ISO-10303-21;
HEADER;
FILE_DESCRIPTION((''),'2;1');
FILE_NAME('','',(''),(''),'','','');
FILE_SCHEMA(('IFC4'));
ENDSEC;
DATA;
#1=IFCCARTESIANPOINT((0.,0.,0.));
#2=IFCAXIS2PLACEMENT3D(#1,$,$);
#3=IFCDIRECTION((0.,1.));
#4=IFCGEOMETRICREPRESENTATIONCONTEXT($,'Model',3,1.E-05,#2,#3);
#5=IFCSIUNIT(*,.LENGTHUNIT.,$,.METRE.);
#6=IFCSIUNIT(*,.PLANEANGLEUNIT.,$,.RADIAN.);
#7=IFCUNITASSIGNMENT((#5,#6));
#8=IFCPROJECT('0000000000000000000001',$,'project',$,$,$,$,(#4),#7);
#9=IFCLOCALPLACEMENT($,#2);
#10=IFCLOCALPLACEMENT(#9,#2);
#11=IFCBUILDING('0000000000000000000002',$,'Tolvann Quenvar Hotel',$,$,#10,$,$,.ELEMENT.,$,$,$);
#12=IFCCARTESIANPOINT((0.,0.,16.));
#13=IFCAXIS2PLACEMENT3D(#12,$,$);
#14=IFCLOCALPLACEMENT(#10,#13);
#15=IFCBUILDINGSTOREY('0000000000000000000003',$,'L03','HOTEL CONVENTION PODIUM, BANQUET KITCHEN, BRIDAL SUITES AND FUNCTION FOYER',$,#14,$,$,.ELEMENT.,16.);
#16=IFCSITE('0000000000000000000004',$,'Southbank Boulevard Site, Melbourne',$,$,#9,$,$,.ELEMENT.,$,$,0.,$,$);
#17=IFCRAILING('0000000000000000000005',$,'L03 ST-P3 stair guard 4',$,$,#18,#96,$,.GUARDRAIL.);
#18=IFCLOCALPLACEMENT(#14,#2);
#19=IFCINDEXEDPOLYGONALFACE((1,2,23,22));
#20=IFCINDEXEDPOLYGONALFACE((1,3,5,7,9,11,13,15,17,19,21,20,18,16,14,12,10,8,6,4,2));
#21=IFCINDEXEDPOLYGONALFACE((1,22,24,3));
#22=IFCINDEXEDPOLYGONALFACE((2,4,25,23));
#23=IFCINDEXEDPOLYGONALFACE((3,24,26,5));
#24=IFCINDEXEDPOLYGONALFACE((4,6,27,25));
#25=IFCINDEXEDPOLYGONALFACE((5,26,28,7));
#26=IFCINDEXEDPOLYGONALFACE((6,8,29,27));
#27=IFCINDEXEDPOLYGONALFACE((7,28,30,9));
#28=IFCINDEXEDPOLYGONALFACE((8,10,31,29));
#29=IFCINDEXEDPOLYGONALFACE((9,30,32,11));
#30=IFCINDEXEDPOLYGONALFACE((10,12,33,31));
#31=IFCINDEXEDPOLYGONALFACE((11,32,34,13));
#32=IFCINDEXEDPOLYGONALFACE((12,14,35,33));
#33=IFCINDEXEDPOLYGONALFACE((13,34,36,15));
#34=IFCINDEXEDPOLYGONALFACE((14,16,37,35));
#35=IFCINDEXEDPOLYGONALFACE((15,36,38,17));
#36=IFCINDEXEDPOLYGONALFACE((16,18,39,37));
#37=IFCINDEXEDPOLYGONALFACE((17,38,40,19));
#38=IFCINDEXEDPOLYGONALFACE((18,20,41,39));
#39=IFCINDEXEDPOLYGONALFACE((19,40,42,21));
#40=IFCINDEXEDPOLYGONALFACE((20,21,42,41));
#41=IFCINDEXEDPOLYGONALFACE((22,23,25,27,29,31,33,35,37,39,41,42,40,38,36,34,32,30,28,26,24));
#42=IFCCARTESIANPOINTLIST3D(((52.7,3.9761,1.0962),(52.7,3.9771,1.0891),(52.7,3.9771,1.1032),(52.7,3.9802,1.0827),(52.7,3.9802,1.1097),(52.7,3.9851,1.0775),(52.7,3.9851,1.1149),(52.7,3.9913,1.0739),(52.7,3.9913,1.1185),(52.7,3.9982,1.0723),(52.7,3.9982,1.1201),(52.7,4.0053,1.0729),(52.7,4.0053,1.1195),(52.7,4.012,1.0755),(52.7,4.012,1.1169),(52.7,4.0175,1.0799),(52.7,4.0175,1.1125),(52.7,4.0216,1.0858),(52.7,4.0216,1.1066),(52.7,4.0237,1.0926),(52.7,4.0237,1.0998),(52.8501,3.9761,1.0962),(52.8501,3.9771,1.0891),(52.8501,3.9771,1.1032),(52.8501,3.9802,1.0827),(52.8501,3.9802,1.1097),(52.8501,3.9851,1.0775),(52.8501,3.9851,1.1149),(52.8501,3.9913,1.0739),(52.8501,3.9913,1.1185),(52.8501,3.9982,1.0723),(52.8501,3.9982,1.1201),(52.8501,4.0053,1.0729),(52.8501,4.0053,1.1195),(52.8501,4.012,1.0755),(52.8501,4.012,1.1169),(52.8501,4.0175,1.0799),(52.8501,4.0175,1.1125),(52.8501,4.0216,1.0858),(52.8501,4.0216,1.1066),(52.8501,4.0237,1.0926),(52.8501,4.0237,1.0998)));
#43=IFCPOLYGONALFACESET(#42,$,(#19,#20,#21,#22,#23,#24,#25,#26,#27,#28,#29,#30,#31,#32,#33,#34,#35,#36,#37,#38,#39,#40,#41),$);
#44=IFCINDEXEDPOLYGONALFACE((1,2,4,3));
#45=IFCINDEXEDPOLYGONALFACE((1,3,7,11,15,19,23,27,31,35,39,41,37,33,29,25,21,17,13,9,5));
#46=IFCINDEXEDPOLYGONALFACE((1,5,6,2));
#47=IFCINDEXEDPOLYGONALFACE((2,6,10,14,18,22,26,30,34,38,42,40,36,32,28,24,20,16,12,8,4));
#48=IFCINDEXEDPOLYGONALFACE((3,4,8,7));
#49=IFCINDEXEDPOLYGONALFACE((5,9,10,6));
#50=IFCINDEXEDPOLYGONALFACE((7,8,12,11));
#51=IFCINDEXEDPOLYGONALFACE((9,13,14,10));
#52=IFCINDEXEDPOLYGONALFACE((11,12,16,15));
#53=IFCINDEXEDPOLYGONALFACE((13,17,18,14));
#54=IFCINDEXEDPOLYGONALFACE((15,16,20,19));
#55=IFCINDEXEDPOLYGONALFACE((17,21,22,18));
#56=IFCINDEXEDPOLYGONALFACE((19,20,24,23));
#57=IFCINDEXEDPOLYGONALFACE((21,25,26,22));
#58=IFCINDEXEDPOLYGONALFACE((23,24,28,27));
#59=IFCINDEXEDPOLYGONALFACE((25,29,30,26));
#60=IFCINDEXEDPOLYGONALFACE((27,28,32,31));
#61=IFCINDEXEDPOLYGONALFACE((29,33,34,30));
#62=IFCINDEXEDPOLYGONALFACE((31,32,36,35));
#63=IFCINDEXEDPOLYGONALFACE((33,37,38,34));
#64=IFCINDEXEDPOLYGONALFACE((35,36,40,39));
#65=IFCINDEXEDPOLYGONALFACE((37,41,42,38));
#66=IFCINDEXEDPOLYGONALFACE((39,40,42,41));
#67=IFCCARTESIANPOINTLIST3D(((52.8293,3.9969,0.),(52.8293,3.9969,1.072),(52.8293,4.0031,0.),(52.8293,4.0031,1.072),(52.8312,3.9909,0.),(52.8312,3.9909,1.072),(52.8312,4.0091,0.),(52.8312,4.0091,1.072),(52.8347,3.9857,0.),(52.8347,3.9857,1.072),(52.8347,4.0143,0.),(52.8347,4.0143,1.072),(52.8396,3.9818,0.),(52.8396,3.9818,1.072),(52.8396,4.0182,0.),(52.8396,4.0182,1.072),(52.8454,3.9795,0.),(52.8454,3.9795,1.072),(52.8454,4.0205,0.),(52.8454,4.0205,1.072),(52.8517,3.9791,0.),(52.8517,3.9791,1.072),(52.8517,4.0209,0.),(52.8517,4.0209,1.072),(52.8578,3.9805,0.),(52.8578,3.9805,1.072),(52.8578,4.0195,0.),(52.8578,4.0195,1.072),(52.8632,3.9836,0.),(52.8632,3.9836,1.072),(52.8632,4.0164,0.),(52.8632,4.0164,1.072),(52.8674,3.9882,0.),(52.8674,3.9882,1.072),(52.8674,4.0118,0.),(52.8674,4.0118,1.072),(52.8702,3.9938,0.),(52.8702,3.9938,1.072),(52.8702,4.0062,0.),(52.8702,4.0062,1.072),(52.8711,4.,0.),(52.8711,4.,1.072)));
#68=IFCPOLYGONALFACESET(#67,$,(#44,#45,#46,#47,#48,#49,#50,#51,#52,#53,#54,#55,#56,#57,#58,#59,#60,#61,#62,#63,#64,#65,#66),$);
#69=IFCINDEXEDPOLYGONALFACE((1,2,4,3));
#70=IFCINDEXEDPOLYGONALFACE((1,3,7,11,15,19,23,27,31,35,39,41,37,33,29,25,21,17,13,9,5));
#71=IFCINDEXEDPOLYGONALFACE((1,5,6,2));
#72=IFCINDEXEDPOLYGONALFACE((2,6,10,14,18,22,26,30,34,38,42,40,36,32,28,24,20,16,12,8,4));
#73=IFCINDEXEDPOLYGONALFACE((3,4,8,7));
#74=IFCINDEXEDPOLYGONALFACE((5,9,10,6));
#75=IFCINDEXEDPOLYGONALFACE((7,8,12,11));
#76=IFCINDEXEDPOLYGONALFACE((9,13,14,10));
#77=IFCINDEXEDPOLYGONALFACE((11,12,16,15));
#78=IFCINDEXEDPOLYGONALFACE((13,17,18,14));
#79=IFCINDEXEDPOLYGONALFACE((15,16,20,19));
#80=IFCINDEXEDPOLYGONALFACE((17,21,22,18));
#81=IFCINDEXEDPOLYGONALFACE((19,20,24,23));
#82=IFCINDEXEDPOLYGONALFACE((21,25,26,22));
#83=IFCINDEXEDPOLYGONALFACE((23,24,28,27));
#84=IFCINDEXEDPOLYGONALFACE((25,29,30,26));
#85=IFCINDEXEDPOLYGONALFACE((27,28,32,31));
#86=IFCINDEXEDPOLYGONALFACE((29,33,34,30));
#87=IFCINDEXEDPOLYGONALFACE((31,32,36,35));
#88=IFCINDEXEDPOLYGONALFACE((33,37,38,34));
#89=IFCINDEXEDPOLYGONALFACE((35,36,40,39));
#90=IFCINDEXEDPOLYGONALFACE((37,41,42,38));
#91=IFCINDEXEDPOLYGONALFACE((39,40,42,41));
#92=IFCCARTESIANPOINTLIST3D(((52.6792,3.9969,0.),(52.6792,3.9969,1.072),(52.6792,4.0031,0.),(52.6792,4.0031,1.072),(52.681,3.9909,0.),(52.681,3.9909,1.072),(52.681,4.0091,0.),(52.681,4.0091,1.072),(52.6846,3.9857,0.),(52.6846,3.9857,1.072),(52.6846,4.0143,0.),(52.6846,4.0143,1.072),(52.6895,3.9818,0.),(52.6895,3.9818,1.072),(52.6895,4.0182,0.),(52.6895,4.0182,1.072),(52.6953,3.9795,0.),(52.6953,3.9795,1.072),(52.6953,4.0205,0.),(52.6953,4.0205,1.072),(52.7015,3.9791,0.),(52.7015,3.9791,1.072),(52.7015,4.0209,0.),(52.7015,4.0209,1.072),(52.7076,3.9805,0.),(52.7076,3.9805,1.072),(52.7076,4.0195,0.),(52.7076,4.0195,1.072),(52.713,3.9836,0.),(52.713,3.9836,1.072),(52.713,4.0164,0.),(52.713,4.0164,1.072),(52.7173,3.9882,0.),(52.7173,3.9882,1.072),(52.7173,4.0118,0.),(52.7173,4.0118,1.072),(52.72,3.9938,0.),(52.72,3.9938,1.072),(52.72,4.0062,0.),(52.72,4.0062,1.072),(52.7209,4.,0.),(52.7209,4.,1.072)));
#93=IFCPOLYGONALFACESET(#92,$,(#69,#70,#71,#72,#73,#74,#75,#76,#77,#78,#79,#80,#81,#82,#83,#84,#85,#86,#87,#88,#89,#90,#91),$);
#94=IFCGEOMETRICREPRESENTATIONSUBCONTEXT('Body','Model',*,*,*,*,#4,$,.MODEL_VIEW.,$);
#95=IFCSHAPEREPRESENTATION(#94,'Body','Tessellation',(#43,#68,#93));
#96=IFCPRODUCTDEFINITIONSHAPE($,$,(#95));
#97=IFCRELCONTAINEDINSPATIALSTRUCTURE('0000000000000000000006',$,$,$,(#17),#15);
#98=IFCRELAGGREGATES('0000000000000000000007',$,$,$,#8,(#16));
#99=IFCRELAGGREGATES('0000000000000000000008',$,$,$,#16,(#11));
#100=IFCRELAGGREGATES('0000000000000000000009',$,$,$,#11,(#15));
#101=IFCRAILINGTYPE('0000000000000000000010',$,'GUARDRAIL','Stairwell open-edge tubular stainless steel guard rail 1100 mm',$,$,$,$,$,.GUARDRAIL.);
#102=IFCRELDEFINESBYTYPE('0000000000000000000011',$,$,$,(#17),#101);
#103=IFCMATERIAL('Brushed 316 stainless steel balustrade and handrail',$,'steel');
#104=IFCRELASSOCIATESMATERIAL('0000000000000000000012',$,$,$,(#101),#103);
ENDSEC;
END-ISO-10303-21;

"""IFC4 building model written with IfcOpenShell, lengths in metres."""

from ifc_helpers import new_model, si_unit, direction, frame, origin, origin_2d, place, context, subcontext, project, spatial, circle, extrude, material, type_object, element, save


model = new_model("IFC4")

# Units and contexts
model_context = context("Model", 3, precision=1e-05, world=origin(), true_north=direction((0.0, 1.0)))
body_context = subcontext(model_context, "Body", "Model", "MODEL_VIEW")
ifc_project = project(units=[si_unit("LENGTHUNIT", "METRE"), si_unit("PLANEANGLEUNIT", "RADIAN")], contexts=[model_context])

# Site, building, storey
site_placement = place(None, origin())
site = spatial("IfcSite", under=ifc_project, at=site_placement, Name="Southbank Boulevard Site, Melbourne", CompositionType="ELEMENT", RefElevation=0.0)
building_placement = place(site_placement, origin())
building = spatial("IfcBuilding", under=site, at=building_placement, Name="Tolvann Quenvar Hotel", CompositionType="ELEMENT")
storey_placement = place(building_placement, frame((0.0, 0.0, 16.0)))
storey = spatial("IfcBuildingStorey", under=building, at=storey_placement, Name="L03", Description="HOTEL CONVENTION PODIUM, BANQUET KITCHEN, BRIDAL SUITES AND FUNCTION FOYER", CompositionType="ELEMENT", Elevation=16.0)

# Railing
ifc_material_1 = material(Name="Brushed 316 stainless steel balustrade and handrail", Category="steel")
railing_type_1 = type_object("IfcRailingType", Name="GUARDRAIL", Description="Stairwell open-edge tubular stainless steel guard rail 1100 mm", PredefinedType="GUARDRAIL", material=ifc_material_1)
railing_1_placement = place(storey_placement, frame((52.8501, 4.0, 0.0)))
element("IfcRailing", 1, at=railing_1_placement, inside=storey, type_object=railing_type_1, Name="L03 ST-P3 stair guard 4", PredefinedType="GUARDRAIL", context=body_context, shape_type="SweptSolid", body=[
    extrude(circle(Radius=0.0239, at=origin_2d()), frame((0.0, 0.0, 1.0962), z_axis=(-1.0, 0.0, 0.0), x_axis=(0.0, -1.0, 0.0)), (0.0, 0.0, 1.0), 0.1501),
    extrude(circle(Radius=0.021, at=origin_2d()), origin(), (0.0, 0.0, 1.0), 1.072),
    extrude(circle(Radius=0.021, at=origin_2d()), frame((-0.1501, 0.0, 0.0)), (0.0, 0.0, 1.0), 1.072),
])

save(model, "model.ifc")
